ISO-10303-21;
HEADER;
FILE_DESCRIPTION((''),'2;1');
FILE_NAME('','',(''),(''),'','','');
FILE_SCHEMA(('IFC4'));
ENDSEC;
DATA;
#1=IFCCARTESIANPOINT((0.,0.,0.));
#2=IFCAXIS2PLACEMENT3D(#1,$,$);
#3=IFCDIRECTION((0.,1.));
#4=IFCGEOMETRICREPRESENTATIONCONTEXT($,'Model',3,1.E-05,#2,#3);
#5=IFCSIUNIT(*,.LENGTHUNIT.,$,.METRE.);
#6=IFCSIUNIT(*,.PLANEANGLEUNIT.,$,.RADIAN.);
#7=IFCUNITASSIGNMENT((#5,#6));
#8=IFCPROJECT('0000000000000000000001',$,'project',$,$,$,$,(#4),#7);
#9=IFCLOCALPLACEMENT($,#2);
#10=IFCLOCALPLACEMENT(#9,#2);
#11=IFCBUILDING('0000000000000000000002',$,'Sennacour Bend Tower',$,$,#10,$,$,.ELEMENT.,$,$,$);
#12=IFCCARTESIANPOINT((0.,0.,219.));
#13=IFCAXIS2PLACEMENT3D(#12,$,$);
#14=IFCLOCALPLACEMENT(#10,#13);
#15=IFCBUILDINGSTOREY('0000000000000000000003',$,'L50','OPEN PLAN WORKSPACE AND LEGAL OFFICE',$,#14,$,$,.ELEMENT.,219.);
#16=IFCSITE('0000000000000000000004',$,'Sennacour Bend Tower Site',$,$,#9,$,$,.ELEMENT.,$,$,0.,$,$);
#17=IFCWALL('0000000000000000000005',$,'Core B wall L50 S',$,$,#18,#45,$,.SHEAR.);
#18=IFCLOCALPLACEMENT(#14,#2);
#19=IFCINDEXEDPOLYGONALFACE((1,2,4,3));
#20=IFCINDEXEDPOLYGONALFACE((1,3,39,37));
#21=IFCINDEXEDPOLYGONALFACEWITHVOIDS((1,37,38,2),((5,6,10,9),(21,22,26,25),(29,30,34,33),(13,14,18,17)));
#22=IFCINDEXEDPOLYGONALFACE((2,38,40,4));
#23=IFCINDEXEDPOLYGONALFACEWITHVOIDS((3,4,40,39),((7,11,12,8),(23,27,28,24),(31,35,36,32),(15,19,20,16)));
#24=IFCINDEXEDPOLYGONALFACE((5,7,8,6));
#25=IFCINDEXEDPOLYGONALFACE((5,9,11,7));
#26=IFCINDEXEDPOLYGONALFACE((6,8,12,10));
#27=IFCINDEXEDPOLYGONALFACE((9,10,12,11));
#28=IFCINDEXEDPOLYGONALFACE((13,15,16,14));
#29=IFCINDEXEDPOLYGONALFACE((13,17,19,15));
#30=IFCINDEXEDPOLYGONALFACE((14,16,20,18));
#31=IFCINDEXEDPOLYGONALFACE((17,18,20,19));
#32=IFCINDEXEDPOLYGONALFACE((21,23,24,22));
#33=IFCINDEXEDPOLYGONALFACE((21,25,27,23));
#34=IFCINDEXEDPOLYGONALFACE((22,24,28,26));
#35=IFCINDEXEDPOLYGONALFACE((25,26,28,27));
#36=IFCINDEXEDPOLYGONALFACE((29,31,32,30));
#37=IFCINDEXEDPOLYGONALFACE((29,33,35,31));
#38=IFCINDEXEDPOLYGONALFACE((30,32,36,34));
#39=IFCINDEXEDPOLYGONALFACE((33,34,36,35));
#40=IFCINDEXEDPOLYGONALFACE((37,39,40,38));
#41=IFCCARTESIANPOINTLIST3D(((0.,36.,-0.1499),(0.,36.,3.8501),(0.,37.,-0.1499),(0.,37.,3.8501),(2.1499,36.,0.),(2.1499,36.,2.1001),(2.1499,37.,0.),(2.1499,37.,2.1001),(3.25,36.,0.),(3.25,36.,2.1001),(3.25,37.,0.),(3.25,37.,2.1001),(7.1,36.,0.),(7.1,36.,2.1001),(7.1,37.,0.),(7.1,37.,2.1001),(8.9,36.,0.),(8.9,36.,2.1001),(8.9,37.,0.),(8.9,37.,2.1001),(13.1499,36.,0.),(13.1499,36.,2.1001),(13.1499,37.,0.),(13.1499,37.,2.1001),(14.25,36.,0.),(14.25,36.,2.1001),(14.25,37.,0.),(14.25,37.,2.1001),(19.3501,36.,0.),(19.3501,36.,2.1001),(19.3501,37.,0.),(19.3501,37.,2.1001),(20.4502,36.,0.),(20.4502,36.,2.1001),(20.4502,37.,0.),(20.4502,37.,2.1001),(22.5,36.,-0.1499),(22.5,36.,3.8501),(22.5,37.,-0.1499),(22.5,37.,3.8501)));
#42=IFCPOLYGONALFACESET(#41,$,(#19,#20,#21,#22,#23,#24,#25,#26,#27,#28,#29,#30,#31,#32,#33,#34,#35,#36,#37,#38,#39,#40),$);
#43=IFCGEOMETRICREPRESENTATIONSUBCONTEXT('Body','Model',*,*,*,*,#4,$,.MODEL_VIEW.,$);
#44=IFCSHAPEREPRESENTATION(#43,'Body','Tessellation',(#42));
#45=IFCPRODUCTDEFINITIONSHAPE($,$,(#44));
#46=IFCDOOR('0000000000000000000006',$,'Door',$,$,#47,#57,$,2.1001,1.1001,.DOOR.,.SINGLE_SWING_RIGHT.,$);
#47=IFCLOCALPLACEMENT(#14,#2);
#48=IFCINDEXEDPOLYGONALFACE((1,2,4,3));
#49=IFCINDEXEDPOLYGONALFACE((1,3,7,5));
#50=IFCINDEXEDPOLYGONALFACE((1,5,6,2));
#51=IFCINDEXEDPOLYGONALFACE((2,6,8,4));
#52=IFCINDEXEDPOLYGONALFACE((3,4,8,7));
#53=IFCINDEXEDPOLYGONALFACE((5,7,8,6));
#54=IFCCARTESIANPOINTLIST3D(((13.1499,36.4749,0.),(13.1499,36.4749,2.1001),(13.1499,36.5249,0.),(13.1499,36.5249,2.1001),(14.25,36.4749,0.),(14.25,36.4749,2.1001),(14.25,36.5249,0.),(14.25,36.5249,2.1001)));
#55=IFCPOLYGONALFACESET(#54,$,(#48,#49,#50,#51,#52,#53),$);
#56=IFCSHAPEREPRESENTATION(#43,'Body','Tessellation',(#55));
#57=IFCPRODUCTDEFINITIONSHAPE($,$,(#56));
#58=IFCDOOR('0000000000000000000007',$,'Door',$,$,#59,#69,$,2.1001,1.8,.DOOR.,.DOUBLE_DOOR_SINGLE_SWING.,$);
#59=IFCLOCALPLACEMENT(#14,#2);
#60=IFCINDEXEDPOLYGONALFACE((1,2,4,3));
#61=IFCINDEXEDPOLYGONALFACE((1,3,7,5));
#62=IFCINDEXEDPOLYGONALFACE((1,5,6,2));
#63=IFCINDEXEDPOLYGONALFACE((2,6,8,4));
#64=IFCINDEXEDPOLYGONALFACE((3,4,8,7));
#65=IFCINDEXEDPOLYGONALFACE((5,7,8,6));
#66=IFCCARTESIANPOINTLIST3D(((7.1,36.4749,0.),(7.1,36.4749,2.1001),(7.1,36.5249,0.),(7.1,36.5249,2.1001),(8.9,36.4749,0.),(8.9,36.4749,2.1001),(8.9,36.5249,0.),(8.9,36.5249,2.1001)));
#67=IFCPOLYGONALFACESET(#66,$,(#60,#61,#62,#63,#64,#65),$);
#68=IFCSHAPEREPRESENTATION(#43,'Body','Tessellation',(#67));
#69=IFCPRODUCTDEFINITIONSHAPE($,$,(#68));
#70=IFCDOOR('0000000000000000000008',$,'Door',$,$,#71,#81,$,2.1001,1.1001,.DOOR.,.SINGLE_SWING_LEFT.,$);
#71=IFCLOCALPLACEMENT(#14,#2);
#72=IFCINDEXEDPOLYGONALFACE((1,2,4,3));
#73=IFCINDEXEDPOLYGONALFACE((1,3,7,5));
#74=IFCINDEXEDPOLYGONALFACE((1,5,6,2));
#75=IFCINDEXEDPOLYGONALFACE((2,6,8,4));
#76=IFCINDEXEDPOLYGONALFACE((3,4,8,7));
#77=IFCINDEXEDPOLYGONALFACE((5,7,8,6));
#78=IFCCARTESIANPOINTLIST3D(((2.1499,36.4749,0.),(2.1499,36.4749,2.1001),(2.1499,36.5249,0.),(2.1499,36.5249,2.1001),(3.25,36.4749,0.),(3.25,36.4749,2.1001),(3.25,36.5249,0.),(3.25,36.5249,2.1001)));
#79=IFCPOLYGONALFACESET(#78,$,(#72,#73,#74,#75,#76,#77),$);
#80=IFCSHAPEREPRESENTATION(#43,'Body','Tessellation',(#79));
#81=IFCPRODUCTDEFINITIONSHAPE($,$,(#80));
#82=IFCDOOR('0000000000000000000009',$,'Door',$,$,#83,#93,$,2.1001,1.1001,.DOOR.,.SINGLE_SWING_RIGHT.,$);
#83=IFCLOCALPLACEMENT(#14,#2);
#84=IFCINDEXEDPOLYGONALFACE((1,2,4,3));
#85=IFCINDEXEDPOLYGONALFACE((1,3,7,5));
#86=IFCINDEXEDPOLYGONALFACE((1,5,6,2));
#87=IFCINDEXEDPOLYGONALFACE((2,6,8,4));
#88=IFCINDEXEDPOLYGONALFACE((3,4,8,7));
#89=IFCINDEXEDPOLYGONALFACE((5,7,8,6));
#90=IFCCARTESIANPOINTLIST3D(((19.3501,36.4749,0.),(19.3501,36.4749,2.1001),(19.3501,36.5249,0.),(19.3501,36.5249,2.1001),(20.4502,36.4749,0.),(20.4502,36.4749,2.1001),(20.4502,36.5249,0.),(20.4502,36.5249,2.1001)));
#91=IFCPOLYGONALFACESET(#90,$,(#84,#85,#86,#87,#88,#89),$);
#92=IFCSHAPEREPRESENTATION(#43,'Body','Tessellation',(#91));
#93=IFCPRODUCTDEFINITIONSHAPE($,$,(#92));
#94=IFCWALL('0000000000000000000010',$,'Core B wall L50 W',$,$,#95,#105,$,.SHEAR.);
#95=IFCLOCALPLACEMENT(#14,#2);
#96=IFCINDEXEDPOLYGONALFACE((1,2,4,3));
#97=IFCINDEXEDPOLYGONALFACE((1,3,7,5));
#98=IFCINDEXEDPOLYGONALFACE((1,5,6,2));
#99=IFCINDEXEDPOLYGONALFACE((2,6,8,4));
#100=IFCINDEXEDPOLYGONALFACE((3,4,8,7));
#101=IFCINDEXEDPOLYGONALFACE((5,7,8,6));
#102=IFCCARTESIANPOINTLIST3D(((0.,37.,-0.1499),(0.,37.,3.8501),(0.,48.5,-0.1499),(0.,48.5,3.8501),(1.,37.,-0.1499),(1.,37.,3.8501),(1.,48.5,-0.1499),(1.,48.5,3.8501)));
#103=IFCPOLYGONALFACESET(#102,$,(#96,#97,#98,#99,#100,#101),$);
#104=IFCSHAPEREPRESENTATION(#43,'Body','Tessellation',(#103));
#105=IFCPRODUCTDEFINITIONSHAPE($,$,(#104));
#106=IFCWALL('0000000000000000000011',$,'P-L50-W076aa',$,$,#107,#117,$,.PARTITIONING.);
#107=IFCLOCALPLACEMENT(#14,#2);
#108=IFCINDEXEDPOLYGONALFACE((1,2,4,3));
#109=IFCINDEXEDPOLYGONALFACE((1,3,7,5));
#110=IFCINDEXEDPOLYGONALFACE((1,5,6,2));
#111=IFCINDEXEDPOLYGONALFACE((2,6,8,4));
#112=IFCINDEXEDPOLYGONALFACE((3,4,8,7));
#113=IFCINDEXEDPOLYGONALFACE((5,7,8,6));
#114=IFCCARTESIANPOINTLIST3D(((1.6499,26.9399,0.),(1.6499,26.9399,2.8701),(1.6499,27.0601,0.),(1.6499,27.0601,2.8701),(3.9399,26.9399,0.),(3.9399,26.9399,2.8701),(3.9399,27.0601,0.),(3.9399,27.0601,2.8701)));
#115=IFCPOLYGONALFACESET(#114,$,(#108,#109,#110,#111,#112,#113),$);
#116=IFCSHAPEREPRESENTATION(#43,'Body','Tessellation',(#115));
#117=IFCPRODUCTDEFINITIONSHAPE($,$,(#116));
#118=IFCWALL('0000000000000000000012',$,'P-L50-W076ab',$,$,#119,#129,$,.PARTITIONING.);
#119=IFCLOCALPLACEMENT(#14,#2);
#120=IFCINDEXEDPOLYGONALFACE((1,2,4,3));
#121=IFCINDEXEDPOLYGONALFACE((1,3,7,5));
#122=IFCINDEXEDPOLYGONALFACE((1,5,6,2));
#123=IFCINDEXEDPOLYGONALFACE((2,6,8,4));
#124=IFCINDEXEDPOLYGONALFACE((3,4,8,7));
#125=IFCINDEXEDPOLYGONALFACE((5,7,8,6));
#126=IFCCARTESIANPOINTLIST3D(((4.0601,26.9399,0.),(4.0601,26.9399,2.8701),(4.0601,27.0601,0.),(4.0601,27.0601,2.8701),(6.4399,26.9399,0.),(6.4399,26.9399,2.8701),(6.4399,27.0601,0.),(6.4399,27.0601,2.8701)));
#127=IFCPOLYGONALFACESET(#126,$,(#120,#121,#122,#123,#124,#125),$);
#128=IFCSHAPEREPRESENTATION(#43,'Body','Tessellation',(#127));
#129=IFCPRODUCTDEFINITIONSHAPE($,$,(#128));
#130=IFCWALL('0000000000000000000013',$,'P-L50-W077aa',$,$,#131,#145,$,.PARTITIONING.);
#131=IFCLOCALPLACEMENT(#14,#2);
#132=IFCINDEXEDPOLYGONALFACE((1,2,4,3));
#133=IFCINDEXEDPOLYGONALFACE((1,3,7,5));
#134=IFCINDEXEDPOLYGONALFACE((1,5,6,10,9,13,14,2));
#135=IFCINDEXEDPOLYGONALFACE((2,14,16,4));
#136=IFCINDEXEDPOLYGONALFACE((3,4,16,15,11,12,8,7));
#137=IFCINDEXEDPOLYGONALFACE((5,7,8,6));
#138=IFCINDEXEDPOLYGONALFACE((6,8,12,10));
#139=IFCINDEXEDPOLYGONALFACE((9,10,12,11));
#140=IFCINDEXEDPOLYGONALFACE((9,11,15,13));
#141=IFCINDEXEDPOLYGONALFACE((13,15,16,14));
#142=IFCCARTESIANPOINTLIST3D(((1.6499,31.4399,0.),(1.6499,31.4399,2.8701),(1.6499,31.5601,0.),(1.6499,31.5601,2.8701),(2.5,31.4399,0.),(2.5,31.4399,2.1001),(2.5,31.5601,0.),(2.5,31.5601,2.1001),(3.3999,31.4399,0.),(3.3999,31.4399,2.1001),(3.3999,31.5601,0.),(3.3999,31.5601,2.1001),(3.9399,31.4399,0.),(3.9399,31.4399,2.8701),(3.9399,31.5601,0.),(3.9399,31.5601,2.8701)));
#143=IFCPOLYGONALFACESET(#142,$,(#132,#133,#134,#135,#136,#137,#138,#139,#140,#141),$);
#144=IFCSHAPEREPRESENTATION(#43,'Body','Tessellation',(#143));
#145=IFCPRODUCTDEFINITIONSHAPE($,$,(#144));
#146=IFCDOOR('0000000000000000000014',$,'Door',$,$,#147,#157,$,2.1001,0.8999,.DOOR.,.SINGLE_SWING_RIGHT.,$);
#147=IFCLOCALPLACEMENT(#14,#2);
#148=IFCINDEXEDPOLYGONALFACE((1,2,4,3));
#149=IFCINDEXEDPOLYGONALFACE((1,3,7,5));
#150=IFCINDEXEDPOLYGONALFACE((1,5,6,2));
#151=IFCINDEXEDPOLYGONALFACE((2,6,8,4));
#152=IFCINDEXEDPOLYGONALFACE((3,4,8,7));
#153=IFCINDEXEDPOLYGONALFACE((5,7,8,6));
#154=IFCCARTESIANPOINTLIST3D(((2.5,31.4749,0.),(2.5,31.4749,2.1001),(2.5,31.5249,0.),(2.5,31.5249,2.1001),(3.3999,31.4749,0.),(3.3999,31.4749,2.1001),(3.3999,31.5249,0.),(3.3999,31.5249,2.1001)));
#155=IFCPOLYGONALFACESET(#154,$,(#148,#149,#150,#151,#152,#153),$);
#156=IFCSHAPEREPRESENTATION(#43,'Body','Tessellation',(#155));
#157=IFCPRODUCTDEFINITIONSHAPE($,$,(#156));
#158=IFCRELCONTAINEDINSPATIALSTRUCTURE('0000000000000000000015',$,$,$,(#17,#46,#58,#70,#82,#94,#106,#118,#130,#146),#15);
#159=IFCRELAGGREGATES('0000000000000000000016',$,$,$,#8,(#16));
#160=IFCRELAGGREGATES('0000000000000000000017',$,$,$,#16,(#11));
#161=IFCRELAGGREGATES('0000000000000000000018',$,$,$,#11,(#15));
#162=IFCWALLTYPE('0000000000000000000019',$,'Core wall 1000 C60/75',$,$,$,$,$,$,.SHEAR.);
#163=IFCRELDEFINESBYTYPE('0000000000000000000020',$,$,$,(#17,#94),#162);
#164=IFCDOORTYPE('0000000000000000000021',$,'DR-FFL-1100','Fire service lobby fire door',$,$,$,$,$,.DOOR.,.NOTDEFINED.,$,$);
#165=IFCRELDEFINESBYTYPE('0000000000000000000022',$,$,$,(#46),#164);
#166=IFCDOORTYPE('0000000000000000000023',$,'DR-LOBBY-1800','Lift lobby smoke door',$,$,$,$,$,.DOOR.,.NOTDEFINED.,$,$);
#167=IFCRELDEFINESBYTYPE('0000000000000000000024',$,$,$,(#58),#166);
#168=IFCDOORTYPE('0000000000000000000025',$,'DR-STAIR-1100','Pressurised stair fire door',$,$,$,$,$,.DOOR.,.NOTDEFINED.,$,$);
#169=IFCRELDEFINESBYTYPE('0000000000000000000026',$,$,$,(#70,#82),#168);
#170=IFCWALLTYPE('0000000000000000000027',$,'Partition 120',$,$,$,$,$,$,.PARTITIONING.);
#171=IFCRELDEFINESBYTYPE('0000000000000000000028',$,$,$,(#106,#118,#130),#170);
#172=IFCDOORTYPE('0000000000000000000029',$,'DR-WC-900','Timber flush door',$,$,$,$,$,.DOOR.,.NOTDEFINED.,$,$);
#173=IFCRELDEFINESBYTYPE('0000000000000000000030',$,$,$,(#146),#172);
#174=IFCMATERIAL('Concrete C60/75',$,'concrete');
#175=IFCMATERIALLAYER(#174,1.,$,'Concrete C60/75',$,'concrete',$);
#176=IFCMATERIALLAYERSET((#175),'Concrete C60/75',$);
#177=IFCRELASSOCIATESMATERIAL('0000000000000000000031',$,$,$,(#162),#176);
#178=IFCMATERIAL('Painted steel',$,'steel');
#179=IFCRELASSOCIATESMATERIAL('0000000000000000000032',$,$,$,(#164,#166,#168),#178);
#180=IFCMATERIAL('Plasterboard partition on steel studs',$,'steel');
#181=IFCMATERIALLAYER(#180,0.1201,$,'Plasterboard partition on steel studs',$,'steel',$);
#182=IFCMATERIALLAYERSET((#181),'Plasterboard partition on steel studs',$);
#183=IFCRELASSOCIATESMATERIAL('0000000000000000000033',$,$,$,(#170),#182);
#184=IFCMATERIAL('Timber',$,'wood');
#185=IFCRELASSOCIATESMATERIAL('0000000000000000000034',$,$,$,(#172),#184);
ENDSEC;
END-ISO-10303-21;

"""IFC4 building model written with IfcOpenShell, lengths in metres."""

from ifc_helpers import new_model, si_unit, direction, frame, frame_2d, origin, place, context, subcontext, project, spatial, rectangle, extrude, material, layer, layer_set, type_object, element, fill, save


model = new_model("IFC4")

# Units and contexts
model_context = context("Model", 3, precision=1e-05, world=origin(), true_north=direction((0.0, 1.0)))
body_context = subcontext(model_context, "Body", "Model", "MODEL_VIEW")
ifc_project = project(units=[si_unit("LENGTHUNIT", "METRE"), si_unit("PLANEANGLEUNIT", "RADIAN")], contexts=[model_context])

# Site, building, storey
site_placement = place(None, origin())
site = spatial("IfcSite", under=ifc_project, at=site_placement, Name="Sennacour Bend Tower Site", CompositionType="ELEMENT", RefElevation=0.0)
building_placement = place(site_placement, origin())
building = spatial("IfcBuilding", under=site, at=building_placement, Name="Sennacour Bend Tower", CompositionType="ELEMENT")
storey_placement = place(building_placement, frame((0.0, 0.0, 219.0)))
storey = spatial("IfcBuildingStorey", under=building, at=storey_placement, Name="L50", Description="OPEN PLAN WORKSPACE AND LEGAL OFFICE", CompositionType="ELEMENT", Elevation=219.0)

# Wall, openings, doors
ifc_material_1 = material(Name="Concrete C60/75", Category="concrete")
ifc_layer_1 = layer(ifc_material_1, 1.0, Name="Concrete C60/75", Category="concrete")
ifc_layer_set_1 = layer_set([ifc_layer_1], Name="Concrete C60/75")
wall_type_1 = type_object("IfcWallType", Name="Core wall 1000 C60/75", PredefinedType="SHEAR", material=ifc_layer_set_1)
wall_1_placement = place(storey_placement, frame((0.0, 36.5, -0.1499), z_axis=(0.0, 0.0, 1.0), x_axis=(1.0, 0.0, 0.0)))
wall_1 = element("IfcWall", 1, at=wall_1_placement, inside=storey, type_object=wall_type_1, Name="Core B wall L50 S", PredefinedType="SHEAR", context=body_context, shape_type="SweptSolid", body=[
    extrude(rectangle(XDim=22.5, YDim=1.0, at=frame_2d((11.25, 0.0))), origin(), (0.0, 0.0, 1.0), 4.0),
])
opening_1_placement = place(wall_1_placement, frame((7.1001, 0.0, 0.1499)))
opening_1 = element("IfcOpeningElement", 2, at=opening_1_placement, cuts=wall_1, PredefinedType="OPENING", context=body_context, shape_type="SweptSolid", body=[
    extrude(rectangle(XDim=1.8, YDim=2.1001, at=frame_2d((0.8999, 1.05))), frame((0.0, 0.51, 0.0), z_axis=(0.0, -1.0, 0.0), x_axis=(1.0, 0.0, 0.0)), (0.0, 0.0, 1.0), 1.02),
])
opening_2_placement = place(wall_1_placement, frame((13.1499, 0.0, 0.1499)))
opening_2 = element("IfcOpeningElement", 3, at=opening_2_placement, cuts=wall_1, PredefinedType="OPENING", context=body_context, shape_type="SweptSolid", body=[
    extrude(rectangle(XDim=1.1001, YDim=2.1001, at=frame_2d((0.55, 1.05))), frame((0.0, 0.51, 0.0), z_axis=(0.0, -1.0, 0.0), x_axis=(1.0, 0.0, 0.0)), (0.0, 0.0, 1.0), 1.02),
])
opening_3_placement = place(wall_1_placement, frame((2.1499, 0.0, 0.1499)))
opening_3 = element("IfcOpeningElement", 4, at=opening_3_placement, cuts=wall_1, PredefinedType="OPENING", context=body_context, shape_type="SweptSolid", body=[
    extrude(rectangle(XDim=1.1001, YDim=2.1001, at=frame_2d((0.55, 1.05))), frame((0.0, 0.51, 0.0), z_axis=(0.0, -1.0, 0.0), x_axis=(1.0, 0.0, 0.0)), (0.0, 0.0, 1.0), 1.02),
])
opening_4_placement = place(wall_1_placement, frame((19.3501, 0.0, 0.1499)))
opening_4 = element("IfcOpeningElement", 5, at=opening_4_placement, cuts=wall_1, PredefinedType="OPENING", context=body_context, shape_type="SweptSolid", body=[
    extrude(rectangle(XDim=1.1001, YDim=2.1001, at=frame_2d((0.55, 1.05))), frame((0.0, 0.51, 0.0), z_axis=(0.0, -1.0, 0.0), x_axis=(1.0, 0.0, 0.0)), (0.0, 0.0, 1.0), 1.02),
])
ifc_material_2 = material(Name="Painted steel", Category="steel")
door_type_1 = type_object("IfcDoorType", Name="DR-FFL-1100", Description="Fire service lobby fire door", OperationType="NOTDEFINED", PredefinedType="DOOR", material=ifc_material_2)
door_1_placement = place(opening_2_placement, origin())
door_1 = element("IfcDoor", 6, at=door_1_placement, inside=storey, type_object=door_type_1, Name="Door", OperationType="SINGLE_SWING_RIGHT", OverallHeight=2.1001, OverallWidth=1.1001, PredefinedType="DOOR", context=body_context, shape_type="SweptSolid", body=[
    extrude(rectangle(XDim=1.1001, YDim=2.1001, at=frame_2d((0.55, 1.05))), frame((0.0, 0.0249, 0.0), z_axis=(0.0, -1.0, 0.0), x_axis=(1.0, 0.0, 0.0)), (0.0, 0.0, 1.0), 0.05),
])
fill(opening_2, door_1)
door_type_2 = type_object("IfcDoorType", Name="DR-LOBBY-1800", Description="Lift lobby smoke door", OperationType="NOTDEFINED", PredefinedType="DOOR", material=ifc_material_2)
door_2_placement = place(opening_1_placement, origin())
door_2 = element("IfcDoor", 7, at=door_2_placement, inside=storey, type_object=door_type_2, Name="Door", OperationType="DOUBLE_DOOR_SINGLE_SWING", OverallHeight=2.1001, OverallWidth=1.8, PredefinedType="DOOR", context=body_context, shape_type="SweptSolid", body=[
    extrude(rectangle(XDim=1.8, YDim=2.1001, at=frame_2d((0.8999, 1.05))), frame((0.0, 0.0249, 0.0), z_axis=(0.0, -1.0, 0.0), x_axis=(1.0, 0.0, 0.0)), (0.0, 0.0, 1.0), 0.05),
])
fill(opening_1, door_2)
door_type_3 = type_object("IfcDoorType", Name="DR-STAIR-1100", Description="Pressurised stair fire door", OperationType="NOTDEFINED", PredefinedType="DOOR", material=ifc_material_2)
door_3_placement = place(opening_3_placement, origin())
door_3 = element("IfcDoor", 8, at=door_3_placement, inside=storey, type_object=door_type_3, Name="Door", OperationType="SINGLE_SWING_LEFT", OverallHeight=2.1001, OverallWidth=1.1001, PredefinedType="DOOR", context=body_context, shape_type="SweptSolid", body=[
    extrude(rectangle(XDim=1.1001, YDim=2.1001, at=frame_2d((0.55, 1.05))), frame((0.0, 0.0249, 0.0), z_axis=(0.0, -1.0, 0.0), x_axis=(1.0, 0.0, 0.0)), (0.0, 0.0, 1.0), 0.05),
])
fill(opening_3, door_3)
door_4_placement = place(opening_4_placement, origin())
door_4 = element("IfcDoor", 9, at=door_4_placement, inside=storey, type_object=door_type_3, Name="Door", OperationType="SINGLE_SWING_RIGHT", OverallHeight=2.1001, OverallWidth=1.1001, PredefinedType="DOOR", context=body_context, shape_type="SweptSolid", body=[
    extrude(rectangle(XDim=1.1001, YDim=2.1001, at=frame_2d((0.55, 1.05))), frame((0.0, 0.0249, 0.0), z_axis=(0.0, -1.0, 0.0), x_axis=(1.0, 0.0, 0.0)), (0.0, 0.0, 1.0), 0.05),
])
fill(opening_4, door_4)

# Walls
wall_2_placement = place(storey_placement, frame((0.5, 37.0, -0.1499), z_axis=(0.0, 0.0, 1.0), x_axis=(0.0, 1.0, 0.0)))
element("IfcWall", 10, at=wall_2_placement, inside=storey, type_object=wall_type_1, Name="Core B wall L50 W", PredefinedType="SHEAR", context=body_context, shape_type="SweptSolid", body=[
    extrude(rectangle(XDim=11.5, YDim=1.0, at=frame_2d((5.75, 0.0))), origin(), (0.0, 0.0, 1.0), 4.0),
])
ifc_material_3 = material(Name="Plasterboard partition on steel studs", Category="steel")
ifc_layer_2 = layer(ifc_material_3, 0.1201, Name="Plasterboard partition on steel studs", Category="steel")
ifc_layer_set_2 = layer_set([ifc_layer_2], Name="Plasterboard partition on steel studs")
wall_type_2 = type_object("IfcWallType", Name="Partition 120", PredefinedType="PARTITIONING", material=ifc_layer_set_2)
wall_3_placement = place(storey_placement, frame((1.6499, 27.0, 0.0), z_axis=(0.0, 0.0, 1.0), x_axis=(1.0, 0.0, 0.0)))
element("IfcWall", 11, at=wall_3_placement, inside=storey, type_object=wall_type_2, Name="P-L50-W076aa", PredefinedType="PARTITIONING", context=body_context, shape_type="SweptSolid", body=[
    extrude(rectangle(XDim=2.29, YDim=0.1201, at=frame_2d((1.145, 0.0))), origin(), (0.0, 0.0, 1.0), 2.8701),
])
wall_4_placement = place(storey_placement, frame((4.0601, 27.0, 0.0), z_axis=(0.0, 0.0, 1.0), x_axis=(1.0, 0.0, 0.0)))
element("IfcWall", 12, at=wall_4_placement, inside=storey, type_object=wall_type_2, Name="P-L50-W076ab", PredefinedType="PARTITIONING", context=body_context, shape_type="SweptSolid", body=[
    extrude(rectangle(XDim=2.3799, YDim=0.1201, at=frame_2d((1.1899, 0.0))), origin(), (0.0, 0.0, 1.0), 2.8701),
])

# Wall, opening, door
wall_5_placement = place(storey_placement, frame((1.6499, 31.5, 0.0), z_axis=(0.0, 0.0, 1.0), x_axis=(1.0, 0.0, 0.0)))
wall_5 = element("IfcWall", 13, at=wall_5_placement, inside=storey, type_object=wall_type_2, Name="P-L50-W077aa", PredefinedType="PARTITIONING", context=body_context, shape_type="SweptSolid", body=[
    extrude(rectangle(XDim=2.29, YDim=0.1201, at=frame_2d((1.145, 0.0))), origin(), (0.0, 0.0, 1.0), 2.8701),
])
opening_5_placement = place(wall_5_placement, frame((0.8501, 0.0, 0.0)))
opening_5 = element("IfcOpeningElement", 14, at=opening_5_placement, cuts=wall_5, PredefinedType="OPENING", context=body_context, shape_type="SweptSolid", body=[
    extrude(rectangle(XDim=0.8999, YDim=2.1001, at=frame_2d((0.45, 1.05))), frame((0.0, 0.0701, 0.0), z_axis=(0.0, -1.0, 0.0), x_axis=(1.0, 0.0, 0.0)), (0.0, 0.0, 1.0), 0.1401),
])
ifc_material_4 = material(Name="Timber", Category="wood")
door_type_4 = type_object("IfcDoorType", Name="DR-WC-900", Description="Timber flush door", OperationType="NOTDEFINED", PredefinedType="DOOR", material=ifc_material_4)
door_5_placement = place(opening_5_placement, origin())
door_5 = element("IfcDoor", 15, at=door_5_placement, inside=storey, type_object=door_type_4, Name="Door", OperationType="SINGLE_SWING_RIGHT", OverallHeight=2.1001, OverallWidth=0.8999, PredefinedType="DOOR", context=body_context, shape_type="SweptSolid", body=[
    extrude(rectangle(XDim=0.8999, YDim=2.1001, at=frame_2d((0.45, 1.05))), frame((0.0, 0.0249, 0.0), z_axis=(0.0, -1.0, 0.0), x_axis=(1.0, 0.0, 0.0)), (0.0, 0.0, 1.0), 0.05),
])
fill(opening_5, door_5)

save(model, "model.ifc")
